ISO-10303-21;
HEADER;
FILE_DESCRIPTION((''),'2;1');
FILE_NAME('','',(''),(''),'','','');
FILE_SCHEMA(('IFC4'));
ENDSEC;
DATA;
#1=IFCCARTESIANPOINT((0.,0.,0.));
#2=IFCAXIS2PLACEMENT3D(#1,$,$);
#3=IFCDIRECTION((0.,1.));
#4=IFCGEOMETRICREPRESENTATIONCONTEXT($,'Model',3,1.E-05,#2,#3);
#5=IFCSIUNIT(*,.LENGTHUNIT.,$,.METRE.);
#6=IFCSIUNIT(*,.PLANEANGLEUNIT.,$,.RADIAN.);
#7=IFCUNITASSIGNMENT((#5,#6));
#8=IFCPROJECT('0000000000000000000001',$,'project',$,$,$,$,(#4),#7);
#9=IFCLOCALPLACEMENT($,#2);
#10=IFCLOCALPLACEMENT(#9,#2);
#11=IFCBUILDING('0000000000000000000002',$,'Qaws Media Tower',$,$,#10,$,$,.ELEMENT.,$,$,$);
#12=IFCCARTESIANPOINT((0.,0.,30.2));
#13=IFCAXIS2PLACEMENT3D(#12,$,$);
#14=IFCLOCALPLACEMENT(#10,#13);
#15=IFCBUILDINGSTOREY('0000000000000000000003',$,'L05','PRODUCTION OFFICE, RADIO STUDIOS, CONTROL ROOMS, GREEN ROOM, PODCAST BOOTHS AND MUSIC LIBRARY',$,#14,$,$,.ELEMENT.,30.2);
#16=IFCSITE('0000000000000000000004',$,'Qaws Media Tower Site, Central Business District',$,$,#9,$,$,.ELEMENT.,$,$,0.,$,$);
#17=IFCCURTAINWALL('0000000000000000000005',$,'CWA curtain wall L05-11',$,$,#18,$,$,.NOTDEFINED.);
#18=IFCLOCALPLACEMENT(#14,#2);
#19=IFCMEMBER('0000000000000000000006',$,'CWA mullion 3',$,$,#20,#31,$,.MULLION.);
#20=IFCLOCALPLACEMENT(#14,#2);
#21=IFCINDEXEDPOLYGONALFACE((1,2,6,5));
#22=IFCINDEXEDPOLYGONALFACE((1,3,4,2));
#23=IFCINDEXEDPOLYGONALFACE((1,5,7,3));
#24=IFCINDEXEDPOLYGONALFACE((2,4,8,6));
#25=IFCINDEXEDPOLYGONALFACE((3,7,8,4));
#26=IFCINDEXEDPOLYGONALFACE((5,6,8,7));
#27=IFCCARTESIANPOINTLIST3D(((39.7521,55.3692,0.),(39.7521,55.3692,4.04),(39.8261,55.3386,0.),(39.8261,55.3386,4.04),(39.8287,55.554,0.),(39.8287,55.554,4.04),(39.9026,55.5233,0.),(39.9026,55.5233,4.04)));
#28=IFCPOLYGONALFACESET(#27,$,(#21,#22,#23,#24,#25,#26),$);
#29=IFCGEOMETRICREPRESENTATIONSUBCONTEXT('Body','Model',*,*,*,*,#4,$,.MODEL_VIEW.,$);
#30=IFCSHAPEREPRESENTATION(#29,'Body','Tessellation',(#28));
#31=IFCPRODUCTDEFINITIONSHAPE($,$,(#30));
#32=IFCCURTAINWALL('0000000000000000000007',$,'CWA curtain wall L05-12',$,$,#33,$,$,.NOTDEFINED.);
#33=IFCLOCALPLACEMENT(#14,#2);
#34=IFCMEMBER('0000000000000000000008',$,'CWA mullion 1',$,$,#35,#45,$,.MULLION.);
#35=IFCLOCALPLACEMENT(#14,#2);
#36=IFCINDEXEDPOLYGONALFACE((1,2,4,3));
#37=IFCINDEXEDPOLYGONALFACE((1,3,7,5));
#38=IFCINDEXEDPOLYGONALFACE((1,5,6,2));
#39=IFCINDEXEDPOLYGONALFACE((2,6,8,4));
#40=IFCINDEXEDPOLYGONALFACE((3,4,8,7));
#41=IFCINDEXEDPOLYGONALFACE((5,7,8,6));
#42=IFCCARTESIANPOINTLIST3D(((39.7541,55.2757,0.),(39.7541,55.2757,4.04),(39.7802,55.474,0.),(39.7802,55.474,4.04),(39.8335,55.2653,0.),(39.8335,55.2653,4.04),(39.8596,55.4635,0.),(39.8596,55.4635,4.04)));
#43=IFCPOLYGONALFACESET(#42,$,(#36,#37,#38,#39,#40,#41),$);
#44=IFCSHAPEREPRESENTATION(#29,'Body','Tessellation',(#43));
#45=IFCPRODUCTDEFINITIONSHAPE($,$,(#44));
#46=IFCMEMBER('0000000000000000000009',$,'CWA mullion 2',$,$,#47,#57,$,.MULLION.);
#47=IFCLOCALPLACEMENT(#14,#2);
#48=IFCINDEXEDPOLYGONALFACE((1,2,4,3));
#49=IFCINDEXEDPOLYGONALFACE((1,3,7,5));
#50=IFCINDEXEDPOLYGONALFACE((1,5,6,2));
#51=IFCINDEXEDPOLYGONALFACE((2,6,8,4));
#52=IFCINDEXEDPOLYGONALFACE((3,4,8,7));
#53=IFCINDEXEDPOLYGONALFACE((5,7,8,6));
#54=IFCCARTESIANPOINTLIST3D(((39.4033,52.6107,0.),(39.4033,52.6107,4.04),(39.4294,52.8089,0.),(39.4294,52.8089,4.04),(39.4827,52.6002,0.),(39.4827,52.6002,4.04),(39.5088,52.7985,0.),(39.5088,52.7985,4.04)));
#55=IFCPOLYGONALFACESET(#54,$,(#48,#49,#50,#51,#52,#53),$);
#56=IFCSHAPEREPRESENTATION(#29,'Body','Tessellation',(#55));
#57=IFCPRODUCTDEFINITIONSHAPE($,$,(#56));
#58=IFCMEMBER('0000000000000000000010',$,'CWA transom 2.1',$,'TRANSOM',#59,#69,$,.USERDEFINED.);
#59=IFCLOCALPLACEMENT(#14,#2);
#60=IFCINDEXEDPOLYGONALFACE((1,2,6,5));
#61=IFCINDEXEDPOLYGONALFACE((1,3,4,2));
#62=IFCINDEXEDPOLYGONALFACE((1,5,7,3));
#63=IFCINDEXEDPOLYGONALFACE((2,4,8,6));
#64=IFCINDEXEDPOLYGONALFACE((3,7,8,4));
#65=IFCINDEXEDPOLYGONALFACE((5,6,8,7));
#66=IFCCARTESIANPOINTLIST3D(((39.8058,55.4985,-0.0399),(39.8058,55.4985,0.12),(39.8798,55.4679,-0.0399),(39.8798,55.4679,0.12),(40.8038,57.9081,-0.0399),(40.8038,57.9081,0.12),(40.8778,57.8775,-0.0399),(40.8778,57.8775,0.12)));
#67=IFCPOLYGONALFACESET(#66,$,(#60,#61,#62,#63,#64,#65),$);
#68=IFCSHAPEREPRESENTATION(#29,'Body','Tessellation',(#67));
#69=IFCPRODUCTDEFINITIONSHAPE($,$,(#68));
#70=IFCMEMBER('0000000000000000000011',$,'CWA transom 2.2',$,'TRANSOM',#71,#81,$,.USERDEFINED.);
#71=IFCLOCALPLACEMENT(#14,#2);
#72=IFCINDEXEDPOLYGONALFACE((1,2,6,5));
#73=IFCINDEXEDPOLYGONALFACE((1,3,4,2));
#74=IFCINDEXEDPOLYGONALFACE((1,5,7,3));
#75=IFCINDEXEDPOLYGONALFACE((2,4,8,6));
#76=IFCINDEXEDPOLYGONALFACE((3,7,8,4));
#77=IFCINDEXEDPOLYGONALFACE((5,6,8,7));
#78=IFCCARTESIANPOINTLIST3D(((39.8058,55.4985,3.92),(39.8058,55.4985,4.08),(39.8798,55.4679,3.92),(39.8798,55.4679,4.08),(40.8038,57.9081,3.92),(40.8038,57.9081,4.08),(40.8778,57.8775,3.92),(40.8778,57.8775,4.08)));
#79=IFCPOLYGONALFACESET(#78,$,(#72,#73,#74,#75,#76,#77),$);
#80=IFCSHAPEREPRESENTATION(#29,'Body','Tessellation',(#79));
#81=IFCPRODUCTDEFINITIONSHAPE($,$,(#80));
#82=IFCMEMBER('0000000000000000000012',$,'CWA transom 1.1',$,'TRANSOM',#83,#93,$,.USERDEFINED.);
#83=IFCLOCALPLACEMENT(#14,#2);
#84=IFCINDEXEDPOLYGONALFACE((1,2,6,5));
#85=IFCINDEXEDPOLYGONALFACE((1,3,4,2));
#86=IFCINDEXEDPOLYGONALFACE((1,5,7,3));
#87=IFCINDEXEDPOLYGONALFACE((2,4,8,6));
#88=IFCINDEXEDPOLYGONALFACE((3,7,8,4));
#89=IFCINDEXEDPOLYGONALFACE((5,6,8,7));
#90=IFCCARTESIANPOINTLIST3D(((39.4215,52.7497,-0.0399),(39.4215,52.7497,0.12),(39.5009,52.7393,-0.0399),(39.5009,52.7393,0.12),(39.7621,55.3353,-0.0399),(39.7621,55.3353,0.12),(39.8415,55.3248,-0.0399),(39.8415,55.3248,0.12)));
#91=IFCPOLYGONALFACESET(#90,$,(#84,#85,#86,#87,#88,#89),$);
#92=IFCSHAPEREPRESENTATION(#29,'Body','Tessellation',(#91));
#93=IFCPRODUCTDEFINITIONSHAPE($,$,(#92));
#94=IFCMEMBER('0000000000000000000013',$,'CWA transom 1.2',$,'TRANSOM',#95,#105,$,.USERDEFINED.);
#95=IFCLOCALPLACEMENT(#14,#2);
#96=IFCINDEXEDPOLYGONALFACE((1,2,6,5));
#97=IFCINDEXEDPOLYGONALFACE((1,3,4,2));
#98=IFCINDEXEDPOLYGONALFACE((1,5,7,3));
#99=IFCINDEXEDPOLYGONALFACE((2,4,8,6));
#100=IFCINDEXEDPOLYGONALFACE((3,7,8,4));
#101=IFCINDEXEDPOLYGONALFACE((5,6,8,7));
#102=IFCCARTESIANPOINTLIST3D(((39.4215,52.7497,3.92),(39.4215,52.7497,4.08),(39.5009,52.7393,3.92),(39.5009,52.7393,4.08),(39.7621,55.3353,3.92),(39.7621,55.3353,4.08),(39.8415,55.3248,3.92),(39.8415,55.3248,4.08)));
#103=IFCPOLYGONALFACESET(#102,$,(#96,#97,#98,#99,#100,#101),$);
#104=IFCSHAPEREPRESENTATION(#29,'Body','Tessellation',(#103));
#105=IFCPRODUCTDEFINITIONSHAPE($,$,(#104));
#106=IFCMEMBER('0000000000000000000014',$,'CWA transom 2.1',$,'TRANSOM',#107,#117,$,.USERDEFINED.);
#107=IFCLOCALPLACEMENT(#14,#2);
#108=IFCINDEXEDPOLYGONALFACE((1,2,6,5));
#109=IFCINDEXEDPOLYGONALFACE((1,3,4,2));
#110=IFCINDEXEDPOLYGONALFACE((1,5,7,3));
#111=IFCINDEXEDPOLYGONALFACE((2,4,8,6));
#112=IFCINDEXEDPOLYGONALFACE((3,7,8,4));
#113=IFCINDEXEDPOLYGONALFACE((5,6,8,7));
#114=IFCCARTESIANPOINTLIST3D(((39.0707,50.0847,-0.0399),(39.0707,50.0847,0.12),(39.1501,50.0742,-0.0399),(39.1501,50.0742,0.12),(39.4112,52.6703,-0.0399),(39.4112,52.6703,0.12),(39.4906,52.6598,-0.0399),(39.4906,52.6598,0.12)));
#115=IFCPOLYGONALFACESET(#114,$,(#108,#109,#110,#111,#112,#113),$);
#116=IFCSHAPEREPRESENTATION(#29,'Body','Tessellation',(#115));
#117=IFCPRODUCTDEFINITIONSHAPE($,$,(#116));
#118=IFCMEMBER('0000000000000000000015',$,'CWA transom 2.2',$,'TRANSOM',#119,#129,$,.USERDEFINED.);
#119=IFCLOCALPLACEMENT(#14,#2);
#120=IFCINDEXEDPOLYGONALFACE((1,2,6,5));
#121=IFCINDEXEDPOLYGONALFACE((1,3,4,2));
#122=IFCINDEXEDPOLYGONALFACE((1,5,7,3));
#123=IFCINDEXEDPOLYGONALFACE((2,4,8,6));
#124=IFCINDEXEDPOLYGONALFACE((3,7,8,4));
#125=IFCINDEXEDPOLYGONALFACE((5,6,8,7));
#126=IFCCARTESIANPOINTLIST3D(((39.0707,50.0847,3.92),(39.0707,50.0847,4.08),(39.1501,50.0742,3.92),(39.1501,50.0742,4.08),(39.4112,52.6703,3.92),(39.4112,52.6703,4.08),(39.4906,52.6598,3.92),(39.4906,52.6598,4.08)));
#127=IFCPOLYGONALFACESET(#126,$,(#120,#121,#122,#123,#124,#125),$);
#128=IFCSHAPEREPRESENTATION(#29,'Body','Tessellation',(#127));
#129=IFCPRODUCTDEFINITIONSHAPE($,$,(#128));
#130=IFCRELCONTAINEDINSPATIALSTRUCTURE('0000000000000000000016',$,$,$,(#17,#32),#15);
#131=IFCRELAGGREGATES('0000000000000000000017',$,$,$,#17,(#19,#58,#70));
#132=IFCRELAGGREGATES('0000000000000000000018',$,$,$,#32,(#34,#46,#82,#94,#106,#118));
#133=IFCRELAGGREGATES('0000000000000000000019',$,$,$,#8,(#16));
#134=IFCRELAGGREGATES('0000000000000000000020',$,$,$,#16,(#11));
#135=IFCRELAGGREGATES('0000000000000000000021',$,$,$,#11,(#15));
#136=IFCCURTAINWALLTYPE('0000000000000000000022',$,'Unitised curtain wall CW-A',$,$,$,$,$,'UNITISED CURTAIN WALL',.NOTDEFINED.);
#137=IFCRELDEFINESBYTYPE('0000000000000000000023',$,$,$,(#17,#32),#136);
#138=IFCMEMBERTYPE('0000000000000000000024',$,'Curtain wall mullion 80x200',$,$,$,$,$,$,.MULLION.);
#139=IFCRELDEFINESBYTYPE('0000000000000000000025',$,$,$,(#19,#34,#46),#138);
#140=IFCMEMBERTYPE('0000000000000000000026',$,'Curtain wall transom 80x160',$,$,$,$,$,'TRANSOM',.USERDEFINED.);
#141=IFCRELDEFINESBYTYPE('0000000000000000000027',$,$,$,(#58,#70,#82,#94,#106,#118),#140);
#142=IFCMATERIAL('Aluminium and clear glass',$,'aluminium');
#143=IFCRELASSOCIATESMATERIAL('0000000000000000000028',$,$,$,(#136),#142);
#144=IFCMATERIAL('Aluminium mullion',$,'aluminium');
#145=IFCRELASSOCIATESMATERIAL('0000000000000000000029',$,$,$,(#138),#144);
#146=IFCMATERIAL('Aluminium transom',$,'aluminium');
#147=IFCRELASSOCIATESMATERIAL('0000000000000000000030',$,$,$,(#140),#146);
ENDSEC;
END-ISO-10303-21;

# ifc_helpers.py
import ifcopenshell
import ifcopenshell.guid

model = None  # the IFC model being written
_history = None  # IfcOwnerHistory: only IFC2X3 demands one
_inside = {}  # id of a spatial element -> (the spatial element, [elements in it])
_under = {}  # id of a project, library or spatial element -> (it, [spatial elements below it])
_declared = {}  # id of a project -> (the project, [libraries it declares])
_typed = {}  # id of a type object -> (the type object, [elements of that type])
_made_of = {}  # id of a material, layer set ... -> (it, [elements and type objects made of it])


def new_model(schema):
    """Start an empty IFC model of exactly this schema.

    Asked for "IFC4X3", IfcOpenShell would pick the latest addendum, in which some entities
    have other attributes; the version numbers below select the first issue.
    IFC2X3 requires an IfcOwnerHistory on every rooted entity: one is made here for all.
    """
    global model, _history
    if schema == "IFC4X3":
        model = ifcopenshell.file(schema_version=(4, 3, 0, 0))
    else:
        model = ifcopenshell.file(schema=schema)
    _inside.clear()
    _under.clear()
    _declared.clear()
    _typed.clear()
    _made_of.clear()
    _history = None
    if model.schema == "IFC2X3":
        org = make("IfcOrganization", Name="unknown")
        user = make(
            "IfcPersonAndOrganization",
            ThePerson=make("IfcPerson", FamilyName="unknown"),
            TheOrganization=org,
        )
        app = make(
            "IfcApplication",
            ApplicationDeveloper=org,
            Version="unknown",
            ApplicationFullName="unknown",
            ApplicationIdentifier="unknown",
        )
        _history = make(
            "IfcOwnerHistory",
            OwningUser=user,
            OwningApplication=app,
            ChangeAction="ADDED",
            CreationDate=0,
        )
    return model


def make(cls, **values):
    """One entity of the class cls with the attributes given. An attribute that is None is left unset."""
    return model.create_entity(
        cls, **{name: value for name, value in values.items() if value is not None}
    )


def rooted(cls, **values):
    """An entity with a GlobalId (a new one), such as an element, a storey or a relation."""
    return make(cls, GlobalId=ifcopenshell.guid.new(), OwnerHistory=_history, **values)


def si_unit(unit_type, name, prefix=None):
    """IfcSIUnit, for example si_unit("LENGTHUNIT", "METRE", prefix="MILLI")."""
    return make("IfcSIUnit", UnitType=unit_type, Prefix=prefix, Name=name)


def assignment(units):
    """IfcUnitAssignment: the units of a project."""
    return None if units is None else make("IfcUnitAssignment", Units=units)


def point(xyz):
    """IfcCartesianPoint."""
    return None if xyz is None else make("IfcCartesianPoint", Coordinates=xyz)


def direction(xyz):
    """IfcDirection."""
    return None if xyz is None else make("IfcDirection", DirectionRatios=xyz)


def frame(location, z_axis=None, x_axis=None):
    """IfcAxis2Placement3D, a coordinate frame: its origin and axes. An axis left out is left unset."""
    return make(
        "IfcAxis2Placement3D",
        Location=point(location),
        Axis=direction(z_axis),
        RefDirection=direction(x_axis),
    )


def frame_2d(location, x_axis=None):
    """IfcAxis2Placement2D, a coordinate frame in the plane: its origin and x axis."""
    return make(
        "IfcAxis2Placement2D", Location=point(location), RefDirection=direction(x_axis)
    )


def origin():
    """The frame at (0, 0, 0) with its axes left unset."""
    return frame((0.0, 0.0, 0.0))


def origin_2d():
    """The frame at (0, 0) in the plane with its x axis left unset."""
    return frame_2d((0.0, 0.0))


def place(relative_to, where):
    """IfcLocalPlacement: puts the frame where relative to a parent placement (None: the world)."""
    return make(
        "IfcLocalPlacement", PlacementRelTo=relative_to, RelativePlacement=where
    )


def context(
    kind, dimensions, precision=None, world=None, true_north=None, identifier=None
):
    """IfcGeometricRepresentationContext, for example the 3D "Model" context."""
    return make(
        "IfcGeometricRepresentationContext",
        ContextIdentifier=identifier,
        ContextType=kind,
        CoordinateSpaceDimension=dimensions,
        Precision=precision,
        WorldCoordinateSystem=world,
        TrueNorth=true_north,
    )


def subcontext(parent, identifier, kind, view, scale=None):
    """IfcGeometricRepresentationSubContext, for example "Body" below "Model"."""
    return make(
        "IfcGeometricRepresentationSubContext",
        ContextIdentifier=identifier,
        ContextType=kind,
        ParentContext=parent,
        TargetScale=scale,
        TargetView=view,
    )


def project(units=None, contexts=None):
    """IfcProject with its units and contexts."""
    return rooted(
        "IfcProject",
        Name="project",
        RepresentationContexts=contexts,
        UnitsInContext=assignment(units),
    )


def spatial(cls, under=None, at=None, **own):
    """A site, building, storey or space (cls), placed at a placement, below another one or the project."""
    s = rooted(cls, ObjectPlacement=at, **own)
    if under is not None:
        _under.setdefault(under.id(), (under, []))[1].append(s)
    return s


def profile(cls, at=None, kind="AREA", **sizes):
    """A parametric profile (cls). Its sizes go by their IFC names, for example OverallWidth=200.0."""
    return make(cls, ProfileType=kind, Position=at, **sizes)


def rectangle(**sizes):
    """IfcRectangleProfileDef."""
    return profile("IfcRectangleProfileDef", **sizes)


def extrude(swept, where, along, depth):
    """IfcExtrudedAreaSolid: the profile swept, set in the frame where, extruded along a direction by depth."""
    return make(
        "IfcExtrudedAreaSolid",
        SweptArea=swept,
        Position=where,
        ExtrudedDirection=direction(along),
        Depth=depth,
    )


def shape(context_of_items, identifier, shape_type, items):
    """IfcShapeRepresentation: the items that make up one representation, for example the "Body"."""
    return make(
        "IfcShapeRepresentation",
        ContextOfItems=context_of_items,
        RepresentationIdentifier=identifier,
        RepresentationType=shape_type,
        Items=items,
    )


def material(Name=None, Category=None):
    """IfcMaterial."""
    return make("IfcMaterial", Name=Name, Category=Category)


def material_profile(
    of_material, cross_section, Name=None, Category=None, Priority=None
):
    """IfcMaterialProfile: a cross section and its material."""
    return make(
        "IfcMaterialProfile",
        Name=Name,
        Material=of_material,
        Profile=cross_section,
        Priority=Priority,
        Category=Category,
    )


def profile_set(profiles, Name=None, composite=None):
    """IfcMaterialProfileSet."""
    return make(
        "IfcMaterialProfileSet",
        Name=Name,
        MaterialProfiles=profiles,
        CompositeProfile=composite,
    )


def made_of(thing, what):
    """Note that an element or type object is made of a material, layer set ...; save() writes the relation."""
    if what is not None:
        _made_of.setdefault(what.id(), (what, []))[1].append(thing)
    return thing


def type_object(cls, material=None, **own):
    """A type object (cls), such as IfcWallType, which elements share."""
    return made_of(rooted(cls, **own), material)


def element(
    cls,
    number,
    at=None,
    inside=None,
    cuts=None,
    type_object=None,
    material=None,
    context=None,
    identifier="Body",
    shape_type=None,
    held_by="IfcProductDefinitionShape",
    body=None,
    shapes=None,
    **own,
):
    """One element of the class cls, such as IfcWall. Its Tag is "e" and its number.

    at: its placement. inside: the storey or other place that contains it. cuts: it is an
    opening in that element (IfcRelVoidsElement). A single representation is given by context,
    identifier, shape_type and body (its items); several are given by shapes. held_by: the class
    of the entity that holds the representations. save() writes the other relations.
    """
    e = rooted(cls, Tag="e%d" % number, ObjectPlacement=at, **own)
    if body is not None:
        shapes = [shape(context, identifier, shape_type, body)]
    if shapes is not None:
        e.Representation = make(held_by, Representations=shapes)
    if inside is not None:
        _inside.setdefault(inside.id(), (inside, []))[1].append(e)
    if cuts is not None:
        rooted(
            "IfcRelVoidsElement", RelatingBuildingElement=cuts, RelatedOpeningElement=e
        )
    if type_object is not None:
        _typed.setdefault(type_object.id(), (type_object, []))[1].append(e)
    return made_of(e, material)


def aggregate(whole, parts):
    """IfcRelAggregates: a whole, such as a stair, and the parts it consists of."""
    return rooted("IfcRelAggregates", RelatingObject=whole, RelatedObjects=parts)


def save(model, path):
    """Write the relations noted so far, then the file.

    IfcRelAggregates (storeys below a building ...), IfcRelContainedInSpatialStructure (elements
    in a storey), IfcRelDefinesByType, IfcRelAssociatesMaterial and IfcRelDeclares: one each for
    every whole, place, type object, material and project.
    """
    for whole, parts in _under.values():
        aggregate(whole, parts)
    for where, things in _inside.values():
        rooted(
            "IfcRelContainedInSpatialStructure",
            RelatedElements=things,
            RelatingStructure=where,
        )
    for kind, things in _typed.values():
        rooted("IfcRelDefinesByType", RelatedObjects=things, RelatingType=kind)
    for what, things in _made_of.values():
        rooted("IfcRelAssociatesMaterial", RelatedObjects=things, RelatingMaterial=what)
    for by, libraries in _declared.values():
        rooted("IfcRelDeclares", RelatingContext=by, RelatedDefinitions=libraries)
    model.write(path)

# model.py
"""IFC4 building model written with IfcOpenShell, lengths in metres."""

from ifc_helpers import new_model, si_unit, direction, frame, origin, origin_2d, place, context, subcontext, project, spatial, rectangle, extrude, material, material_profile, profile_set, type_object, element, aggregate, save


model = new_model("IFC4")

# Units and contexts
model_context = context("Model", 3, precision=1e-05, world=origin(), true_north=direction((0.0, 1.0)))
body_context = subcontext(model_context, "Body", "Model", "MODEL_VIEW")
ifc_project = project(units=[si_unit("LENGTHUNIT", "METRE"), si_unit("PLANEANGLEUNIT", "RADIAN")], contexts=[model_context])

# Site, building, storey
site_placement = place(None, origin())
site = spatial("IfcSite", under=ifc_project, at=site_placement, Name="Qaws Media Tower Site, Central Business District", CompositionType="ELEMENT", RefElevation=0.0)
building_placement = place(site_placement, origin())
building = spatial("IfcBuilding", under=site, at=building_placement, Name="Qaws Media Tower", CompositionType="ELEMENT")
storey_placement = place(building_placement, frame((0.0, 0.0, 30.2)))
storey = spatial("IfcBuildingStorey", under=building, at=storey_placement, Name="L05", Description="PRODUCTION OFFICE, RADIO STUDIOS, CONTROL ROOMS, GREEN ROOM, PODCAST BOOTHS AND MUSIC LIBRARY", CompositionType="ELEMENT", Elevation=30.2)

# Curtain wall, member
ifc_material_1 = material(Name="Aluminium and clear glass", Category="aluminium")
curtain_wall_type = type_object("IfcCurtainWallType", Name="Unitised curtain wall CW-A", ElementType="UNITISED CURTAIN WALL", PredefinedType="NOTDEFINED", material=ifc_material_1)
curtain_wall_1_placement = place(storey_placement, origin())
curtain_wall_1 = element("IfcCurtainWall", 1, at=curtain_wall_1_placement, inside=storey, type_object=curtain_wall_type, Name="CWA curtain wall L05-11", PredefinedType="NOTDEFINED")
ifc_material_2 = material(Name="Aluminium mullion", Category="aluminium")
ifc_material_profile_1 = material_profile(ifc_material_2, rectangle(XDim=0.0801, YDim=0.2, at=origin_2d()), Name="80x200")
ifc_profile_set_1 = profile_set([ifc_material_profile_1], Name="Aluminium mullion")
member_type_1 = type_object("IfcMemberType", Name="Curtain wall mullion 80x200", PredefinedType="MULLION", material=ifc_profile_set_1)
member_1_placement = place(storey_placement, frame((39.8274, 55.4463, 0.0), z_axis=(0.0, 0.0, 1.0), x_axis=(0.92388, -0.382683, 0.0)))
member_1 = element("IfcMember", 2, at=member_1_placement, type_object=member_type_1, Name="CWA mullion 3", PredefinedType="MULLION", context=body_context, shape_type="SweptSolid", body=[
    extrude(rectangle(XDim=0.0801, YDim=0.2, at=origin_2d()), origin(), (0.0, 0.0, 1.0), 4.04),
])

# Curtain wall, members
curtain_wall_2_placement = place(storey_placement, origin())
curtain_wall_2 = element("IfcCurtainWall", 3, at=curtain_wall_2_placement, inside=storey, type_object=curtain_wall_type, Name="CWA curtain wall L05-12", PredefinedType="NOTDEFINED")
member_2_placement = place(storey_placement, frame((39.8069, 55.3696, 0.0), z_axis=(0.0, 0.0, 1.0), x_axis=(0.991445, -0.130526, 0.0)))
member_2 = element("IfcMember", 4, at=member_2_placement, type_object=member_type_1, Name="CWA mullion 1", PredefinedType="MULLION", context=body_context, shape_type="SweptSolid", body=[
    extrude(rectangle(XDim=0.0801, YDim=0.2, at=origin_2d()), origin(), (0.0, 0.0, 1.0), 4.04),
])
member_3_placement = place(storey_placement, frame((39.4561, 52.7046, 0.0), z_axis=(0.0, 0.0, 1.0), x_axis=(0.991445, -0.130526, 0.0)))
member_3 = element("IfcMember", 5, at=member_3_placement, type_object=member_type_1, Name="CWA mullion 2", PredefinedType="MULLION", context=body_context, shape_type="SweptSolid", body=[
    extrude(rectangle(XDim=0.0801, YDim=0.2, at=origin_2d()), origin(), (0.0, 0.0, 1.0), 4.04),
])

# Members
ifc_material_3 = material(Name="Aluminium transom", Category="aluminium")
ifc_material_profile_2 = material_profile(ifc_material_3, rectangle(XDim=0.0801, YDim=0.1599, at=origin_2d()), Name="80x160")
ifc_profile_set_2 = profile_set([ifc_material_profile_2], Name="Aluminium transom")
member_type_2 = type_object("IfcMemberType", Name="Curtain wall transom 80x160", ElementType="TRANSOM", PredefinedType="USERDEFINED", material=ifc_profile_set_2)
member_4_placement = place(storey_placement, frame((40.8408, 57.8928, 0.04), z_axis=(-0.38266, -0.923889, 0.0), x_axis=(0.923889, -0.38266, 0.0)))
member_4 = element("IfcMember", 6, at=member_4_placement, type_object=member_type_2, Name="CWA transom 2.1", ObjectType="TRANSOM", PredefinedType="USERDEFINED", context=body_context, shape_type="SweptSolid", body=[
    extrude(rectangle(XDim=0.0801, YDim=0.1599, at=origin_2d()), origin(), (0.0, 0.0, 1.0), 2.6082),
])
member_5_placement = place(storey_placement, frame((40.8408, 57.8928, 4.0), z_axis=(-0.38266, -0.923889, 0.0), x_axis=(0.923889, -0.38266, 0.0)))
member_5 = element("IfcMember", 7, at=member_5_placement, type_object=member_type_2, Name="CWA transom 2.2", ObjectType="TRANSOM", PredefinedType="USERDEFINED", context=body_context, shape_type="SweptSolid", body=[
    extrude(rectangle(XDim=0.0801, YDim=0.1599, at=origin_2d()), origin(), (0.0, 0.0, 1.0), 2.6082),
])
member_6_placement = place(storey_placement, frame((39.8018, 55.3301, 0.04), z_axis=(-0.130588, -0.991437, 0.0), x_axis=(0.991437, -0.130588, 0.0)))
member_6 = element("IfcMember", 8, at=member_6_placement, type_object=member_type_2, Name="CWA transom 1.1", ObjectType="TRANSOM", PredefinedType="USERDEFINED", context=body_context, shape_type="SweptSolid", body=[
    extrude(rectangle(XDim=0.0801, YDim=0.1599, at=origin_2d()), origin(), (0.0, 0.0, 1.0), 2.6079),
])
member_7_placement = place(storey_placement, frame((39.8018, 55.3301, 4.0), z_axis=(-0.130588, -0.991437, 0.0), x_axis=(0.991437, -0.130588, 0.0)))
member_7 = element("IfcMember", 9, at=member_7_placement, type_object=member_type_2, Name="CWA transom 1.2", ObjectType="TRANSOM", PredefinedType="USERDEFINED", context=body_context, shape_type="SweptSolid", body=[
    extrude(rectangle(XDim=0.0801, YDim=0.1599, at=origin_2d()), origin(), (0.0, 0.0, 1.0), 2.6079),
])
member_8_placement = place(storey_placement, frame((39.4509, 52.665, 0.04), z_axis=(-0.130588, -0.991437, 0.0), x_axis=(0.991437, -0.130588, 0.0)))
member_8 = element("IfcMember", 10, at=member_8_placement, type_object=member_type_2, Name="CWA transom 2.1", ObjectType="TRANSOM", PredefinedType="USERDEFINED", context=body_context, shape_type="SweptSolid", body=[
    extrude(rectangle(XDim=0.0801, YDim=0.1599, at=origin_2d()), origin(), (0.0, 0.0, 1.0), 2.6079),
])
member_9_placement = place(storey_placement, frame((39.4509, 52.665, 4.0), z_axis=(-0.130588, -0.991437, 0.0), x_axis=(0.991437, -0.130588, 0.0)))
member_9 = element("IfcMember", 11, at=member_9_placement, type_object=member_type_2, Name="CWA transom 2.2", ObjectType="TRANSOM", PredefinedType="USERDEFINED", context=body_context, shape_type="SweptSolid", body=[
    extrude(rectangle(XDim=0.0801, YDim=0.1599, at=origin_2d()), origin(), (0.0, 0.0, 1.0), 2.6079),
])

aggregate(curtain_wall_1, [member_1, member_4, member_5])
aggregate(curtain_wall_2, [member_2, member_3, member_6, member_7, member_8, member_9])

save(model, "model.ifc")
